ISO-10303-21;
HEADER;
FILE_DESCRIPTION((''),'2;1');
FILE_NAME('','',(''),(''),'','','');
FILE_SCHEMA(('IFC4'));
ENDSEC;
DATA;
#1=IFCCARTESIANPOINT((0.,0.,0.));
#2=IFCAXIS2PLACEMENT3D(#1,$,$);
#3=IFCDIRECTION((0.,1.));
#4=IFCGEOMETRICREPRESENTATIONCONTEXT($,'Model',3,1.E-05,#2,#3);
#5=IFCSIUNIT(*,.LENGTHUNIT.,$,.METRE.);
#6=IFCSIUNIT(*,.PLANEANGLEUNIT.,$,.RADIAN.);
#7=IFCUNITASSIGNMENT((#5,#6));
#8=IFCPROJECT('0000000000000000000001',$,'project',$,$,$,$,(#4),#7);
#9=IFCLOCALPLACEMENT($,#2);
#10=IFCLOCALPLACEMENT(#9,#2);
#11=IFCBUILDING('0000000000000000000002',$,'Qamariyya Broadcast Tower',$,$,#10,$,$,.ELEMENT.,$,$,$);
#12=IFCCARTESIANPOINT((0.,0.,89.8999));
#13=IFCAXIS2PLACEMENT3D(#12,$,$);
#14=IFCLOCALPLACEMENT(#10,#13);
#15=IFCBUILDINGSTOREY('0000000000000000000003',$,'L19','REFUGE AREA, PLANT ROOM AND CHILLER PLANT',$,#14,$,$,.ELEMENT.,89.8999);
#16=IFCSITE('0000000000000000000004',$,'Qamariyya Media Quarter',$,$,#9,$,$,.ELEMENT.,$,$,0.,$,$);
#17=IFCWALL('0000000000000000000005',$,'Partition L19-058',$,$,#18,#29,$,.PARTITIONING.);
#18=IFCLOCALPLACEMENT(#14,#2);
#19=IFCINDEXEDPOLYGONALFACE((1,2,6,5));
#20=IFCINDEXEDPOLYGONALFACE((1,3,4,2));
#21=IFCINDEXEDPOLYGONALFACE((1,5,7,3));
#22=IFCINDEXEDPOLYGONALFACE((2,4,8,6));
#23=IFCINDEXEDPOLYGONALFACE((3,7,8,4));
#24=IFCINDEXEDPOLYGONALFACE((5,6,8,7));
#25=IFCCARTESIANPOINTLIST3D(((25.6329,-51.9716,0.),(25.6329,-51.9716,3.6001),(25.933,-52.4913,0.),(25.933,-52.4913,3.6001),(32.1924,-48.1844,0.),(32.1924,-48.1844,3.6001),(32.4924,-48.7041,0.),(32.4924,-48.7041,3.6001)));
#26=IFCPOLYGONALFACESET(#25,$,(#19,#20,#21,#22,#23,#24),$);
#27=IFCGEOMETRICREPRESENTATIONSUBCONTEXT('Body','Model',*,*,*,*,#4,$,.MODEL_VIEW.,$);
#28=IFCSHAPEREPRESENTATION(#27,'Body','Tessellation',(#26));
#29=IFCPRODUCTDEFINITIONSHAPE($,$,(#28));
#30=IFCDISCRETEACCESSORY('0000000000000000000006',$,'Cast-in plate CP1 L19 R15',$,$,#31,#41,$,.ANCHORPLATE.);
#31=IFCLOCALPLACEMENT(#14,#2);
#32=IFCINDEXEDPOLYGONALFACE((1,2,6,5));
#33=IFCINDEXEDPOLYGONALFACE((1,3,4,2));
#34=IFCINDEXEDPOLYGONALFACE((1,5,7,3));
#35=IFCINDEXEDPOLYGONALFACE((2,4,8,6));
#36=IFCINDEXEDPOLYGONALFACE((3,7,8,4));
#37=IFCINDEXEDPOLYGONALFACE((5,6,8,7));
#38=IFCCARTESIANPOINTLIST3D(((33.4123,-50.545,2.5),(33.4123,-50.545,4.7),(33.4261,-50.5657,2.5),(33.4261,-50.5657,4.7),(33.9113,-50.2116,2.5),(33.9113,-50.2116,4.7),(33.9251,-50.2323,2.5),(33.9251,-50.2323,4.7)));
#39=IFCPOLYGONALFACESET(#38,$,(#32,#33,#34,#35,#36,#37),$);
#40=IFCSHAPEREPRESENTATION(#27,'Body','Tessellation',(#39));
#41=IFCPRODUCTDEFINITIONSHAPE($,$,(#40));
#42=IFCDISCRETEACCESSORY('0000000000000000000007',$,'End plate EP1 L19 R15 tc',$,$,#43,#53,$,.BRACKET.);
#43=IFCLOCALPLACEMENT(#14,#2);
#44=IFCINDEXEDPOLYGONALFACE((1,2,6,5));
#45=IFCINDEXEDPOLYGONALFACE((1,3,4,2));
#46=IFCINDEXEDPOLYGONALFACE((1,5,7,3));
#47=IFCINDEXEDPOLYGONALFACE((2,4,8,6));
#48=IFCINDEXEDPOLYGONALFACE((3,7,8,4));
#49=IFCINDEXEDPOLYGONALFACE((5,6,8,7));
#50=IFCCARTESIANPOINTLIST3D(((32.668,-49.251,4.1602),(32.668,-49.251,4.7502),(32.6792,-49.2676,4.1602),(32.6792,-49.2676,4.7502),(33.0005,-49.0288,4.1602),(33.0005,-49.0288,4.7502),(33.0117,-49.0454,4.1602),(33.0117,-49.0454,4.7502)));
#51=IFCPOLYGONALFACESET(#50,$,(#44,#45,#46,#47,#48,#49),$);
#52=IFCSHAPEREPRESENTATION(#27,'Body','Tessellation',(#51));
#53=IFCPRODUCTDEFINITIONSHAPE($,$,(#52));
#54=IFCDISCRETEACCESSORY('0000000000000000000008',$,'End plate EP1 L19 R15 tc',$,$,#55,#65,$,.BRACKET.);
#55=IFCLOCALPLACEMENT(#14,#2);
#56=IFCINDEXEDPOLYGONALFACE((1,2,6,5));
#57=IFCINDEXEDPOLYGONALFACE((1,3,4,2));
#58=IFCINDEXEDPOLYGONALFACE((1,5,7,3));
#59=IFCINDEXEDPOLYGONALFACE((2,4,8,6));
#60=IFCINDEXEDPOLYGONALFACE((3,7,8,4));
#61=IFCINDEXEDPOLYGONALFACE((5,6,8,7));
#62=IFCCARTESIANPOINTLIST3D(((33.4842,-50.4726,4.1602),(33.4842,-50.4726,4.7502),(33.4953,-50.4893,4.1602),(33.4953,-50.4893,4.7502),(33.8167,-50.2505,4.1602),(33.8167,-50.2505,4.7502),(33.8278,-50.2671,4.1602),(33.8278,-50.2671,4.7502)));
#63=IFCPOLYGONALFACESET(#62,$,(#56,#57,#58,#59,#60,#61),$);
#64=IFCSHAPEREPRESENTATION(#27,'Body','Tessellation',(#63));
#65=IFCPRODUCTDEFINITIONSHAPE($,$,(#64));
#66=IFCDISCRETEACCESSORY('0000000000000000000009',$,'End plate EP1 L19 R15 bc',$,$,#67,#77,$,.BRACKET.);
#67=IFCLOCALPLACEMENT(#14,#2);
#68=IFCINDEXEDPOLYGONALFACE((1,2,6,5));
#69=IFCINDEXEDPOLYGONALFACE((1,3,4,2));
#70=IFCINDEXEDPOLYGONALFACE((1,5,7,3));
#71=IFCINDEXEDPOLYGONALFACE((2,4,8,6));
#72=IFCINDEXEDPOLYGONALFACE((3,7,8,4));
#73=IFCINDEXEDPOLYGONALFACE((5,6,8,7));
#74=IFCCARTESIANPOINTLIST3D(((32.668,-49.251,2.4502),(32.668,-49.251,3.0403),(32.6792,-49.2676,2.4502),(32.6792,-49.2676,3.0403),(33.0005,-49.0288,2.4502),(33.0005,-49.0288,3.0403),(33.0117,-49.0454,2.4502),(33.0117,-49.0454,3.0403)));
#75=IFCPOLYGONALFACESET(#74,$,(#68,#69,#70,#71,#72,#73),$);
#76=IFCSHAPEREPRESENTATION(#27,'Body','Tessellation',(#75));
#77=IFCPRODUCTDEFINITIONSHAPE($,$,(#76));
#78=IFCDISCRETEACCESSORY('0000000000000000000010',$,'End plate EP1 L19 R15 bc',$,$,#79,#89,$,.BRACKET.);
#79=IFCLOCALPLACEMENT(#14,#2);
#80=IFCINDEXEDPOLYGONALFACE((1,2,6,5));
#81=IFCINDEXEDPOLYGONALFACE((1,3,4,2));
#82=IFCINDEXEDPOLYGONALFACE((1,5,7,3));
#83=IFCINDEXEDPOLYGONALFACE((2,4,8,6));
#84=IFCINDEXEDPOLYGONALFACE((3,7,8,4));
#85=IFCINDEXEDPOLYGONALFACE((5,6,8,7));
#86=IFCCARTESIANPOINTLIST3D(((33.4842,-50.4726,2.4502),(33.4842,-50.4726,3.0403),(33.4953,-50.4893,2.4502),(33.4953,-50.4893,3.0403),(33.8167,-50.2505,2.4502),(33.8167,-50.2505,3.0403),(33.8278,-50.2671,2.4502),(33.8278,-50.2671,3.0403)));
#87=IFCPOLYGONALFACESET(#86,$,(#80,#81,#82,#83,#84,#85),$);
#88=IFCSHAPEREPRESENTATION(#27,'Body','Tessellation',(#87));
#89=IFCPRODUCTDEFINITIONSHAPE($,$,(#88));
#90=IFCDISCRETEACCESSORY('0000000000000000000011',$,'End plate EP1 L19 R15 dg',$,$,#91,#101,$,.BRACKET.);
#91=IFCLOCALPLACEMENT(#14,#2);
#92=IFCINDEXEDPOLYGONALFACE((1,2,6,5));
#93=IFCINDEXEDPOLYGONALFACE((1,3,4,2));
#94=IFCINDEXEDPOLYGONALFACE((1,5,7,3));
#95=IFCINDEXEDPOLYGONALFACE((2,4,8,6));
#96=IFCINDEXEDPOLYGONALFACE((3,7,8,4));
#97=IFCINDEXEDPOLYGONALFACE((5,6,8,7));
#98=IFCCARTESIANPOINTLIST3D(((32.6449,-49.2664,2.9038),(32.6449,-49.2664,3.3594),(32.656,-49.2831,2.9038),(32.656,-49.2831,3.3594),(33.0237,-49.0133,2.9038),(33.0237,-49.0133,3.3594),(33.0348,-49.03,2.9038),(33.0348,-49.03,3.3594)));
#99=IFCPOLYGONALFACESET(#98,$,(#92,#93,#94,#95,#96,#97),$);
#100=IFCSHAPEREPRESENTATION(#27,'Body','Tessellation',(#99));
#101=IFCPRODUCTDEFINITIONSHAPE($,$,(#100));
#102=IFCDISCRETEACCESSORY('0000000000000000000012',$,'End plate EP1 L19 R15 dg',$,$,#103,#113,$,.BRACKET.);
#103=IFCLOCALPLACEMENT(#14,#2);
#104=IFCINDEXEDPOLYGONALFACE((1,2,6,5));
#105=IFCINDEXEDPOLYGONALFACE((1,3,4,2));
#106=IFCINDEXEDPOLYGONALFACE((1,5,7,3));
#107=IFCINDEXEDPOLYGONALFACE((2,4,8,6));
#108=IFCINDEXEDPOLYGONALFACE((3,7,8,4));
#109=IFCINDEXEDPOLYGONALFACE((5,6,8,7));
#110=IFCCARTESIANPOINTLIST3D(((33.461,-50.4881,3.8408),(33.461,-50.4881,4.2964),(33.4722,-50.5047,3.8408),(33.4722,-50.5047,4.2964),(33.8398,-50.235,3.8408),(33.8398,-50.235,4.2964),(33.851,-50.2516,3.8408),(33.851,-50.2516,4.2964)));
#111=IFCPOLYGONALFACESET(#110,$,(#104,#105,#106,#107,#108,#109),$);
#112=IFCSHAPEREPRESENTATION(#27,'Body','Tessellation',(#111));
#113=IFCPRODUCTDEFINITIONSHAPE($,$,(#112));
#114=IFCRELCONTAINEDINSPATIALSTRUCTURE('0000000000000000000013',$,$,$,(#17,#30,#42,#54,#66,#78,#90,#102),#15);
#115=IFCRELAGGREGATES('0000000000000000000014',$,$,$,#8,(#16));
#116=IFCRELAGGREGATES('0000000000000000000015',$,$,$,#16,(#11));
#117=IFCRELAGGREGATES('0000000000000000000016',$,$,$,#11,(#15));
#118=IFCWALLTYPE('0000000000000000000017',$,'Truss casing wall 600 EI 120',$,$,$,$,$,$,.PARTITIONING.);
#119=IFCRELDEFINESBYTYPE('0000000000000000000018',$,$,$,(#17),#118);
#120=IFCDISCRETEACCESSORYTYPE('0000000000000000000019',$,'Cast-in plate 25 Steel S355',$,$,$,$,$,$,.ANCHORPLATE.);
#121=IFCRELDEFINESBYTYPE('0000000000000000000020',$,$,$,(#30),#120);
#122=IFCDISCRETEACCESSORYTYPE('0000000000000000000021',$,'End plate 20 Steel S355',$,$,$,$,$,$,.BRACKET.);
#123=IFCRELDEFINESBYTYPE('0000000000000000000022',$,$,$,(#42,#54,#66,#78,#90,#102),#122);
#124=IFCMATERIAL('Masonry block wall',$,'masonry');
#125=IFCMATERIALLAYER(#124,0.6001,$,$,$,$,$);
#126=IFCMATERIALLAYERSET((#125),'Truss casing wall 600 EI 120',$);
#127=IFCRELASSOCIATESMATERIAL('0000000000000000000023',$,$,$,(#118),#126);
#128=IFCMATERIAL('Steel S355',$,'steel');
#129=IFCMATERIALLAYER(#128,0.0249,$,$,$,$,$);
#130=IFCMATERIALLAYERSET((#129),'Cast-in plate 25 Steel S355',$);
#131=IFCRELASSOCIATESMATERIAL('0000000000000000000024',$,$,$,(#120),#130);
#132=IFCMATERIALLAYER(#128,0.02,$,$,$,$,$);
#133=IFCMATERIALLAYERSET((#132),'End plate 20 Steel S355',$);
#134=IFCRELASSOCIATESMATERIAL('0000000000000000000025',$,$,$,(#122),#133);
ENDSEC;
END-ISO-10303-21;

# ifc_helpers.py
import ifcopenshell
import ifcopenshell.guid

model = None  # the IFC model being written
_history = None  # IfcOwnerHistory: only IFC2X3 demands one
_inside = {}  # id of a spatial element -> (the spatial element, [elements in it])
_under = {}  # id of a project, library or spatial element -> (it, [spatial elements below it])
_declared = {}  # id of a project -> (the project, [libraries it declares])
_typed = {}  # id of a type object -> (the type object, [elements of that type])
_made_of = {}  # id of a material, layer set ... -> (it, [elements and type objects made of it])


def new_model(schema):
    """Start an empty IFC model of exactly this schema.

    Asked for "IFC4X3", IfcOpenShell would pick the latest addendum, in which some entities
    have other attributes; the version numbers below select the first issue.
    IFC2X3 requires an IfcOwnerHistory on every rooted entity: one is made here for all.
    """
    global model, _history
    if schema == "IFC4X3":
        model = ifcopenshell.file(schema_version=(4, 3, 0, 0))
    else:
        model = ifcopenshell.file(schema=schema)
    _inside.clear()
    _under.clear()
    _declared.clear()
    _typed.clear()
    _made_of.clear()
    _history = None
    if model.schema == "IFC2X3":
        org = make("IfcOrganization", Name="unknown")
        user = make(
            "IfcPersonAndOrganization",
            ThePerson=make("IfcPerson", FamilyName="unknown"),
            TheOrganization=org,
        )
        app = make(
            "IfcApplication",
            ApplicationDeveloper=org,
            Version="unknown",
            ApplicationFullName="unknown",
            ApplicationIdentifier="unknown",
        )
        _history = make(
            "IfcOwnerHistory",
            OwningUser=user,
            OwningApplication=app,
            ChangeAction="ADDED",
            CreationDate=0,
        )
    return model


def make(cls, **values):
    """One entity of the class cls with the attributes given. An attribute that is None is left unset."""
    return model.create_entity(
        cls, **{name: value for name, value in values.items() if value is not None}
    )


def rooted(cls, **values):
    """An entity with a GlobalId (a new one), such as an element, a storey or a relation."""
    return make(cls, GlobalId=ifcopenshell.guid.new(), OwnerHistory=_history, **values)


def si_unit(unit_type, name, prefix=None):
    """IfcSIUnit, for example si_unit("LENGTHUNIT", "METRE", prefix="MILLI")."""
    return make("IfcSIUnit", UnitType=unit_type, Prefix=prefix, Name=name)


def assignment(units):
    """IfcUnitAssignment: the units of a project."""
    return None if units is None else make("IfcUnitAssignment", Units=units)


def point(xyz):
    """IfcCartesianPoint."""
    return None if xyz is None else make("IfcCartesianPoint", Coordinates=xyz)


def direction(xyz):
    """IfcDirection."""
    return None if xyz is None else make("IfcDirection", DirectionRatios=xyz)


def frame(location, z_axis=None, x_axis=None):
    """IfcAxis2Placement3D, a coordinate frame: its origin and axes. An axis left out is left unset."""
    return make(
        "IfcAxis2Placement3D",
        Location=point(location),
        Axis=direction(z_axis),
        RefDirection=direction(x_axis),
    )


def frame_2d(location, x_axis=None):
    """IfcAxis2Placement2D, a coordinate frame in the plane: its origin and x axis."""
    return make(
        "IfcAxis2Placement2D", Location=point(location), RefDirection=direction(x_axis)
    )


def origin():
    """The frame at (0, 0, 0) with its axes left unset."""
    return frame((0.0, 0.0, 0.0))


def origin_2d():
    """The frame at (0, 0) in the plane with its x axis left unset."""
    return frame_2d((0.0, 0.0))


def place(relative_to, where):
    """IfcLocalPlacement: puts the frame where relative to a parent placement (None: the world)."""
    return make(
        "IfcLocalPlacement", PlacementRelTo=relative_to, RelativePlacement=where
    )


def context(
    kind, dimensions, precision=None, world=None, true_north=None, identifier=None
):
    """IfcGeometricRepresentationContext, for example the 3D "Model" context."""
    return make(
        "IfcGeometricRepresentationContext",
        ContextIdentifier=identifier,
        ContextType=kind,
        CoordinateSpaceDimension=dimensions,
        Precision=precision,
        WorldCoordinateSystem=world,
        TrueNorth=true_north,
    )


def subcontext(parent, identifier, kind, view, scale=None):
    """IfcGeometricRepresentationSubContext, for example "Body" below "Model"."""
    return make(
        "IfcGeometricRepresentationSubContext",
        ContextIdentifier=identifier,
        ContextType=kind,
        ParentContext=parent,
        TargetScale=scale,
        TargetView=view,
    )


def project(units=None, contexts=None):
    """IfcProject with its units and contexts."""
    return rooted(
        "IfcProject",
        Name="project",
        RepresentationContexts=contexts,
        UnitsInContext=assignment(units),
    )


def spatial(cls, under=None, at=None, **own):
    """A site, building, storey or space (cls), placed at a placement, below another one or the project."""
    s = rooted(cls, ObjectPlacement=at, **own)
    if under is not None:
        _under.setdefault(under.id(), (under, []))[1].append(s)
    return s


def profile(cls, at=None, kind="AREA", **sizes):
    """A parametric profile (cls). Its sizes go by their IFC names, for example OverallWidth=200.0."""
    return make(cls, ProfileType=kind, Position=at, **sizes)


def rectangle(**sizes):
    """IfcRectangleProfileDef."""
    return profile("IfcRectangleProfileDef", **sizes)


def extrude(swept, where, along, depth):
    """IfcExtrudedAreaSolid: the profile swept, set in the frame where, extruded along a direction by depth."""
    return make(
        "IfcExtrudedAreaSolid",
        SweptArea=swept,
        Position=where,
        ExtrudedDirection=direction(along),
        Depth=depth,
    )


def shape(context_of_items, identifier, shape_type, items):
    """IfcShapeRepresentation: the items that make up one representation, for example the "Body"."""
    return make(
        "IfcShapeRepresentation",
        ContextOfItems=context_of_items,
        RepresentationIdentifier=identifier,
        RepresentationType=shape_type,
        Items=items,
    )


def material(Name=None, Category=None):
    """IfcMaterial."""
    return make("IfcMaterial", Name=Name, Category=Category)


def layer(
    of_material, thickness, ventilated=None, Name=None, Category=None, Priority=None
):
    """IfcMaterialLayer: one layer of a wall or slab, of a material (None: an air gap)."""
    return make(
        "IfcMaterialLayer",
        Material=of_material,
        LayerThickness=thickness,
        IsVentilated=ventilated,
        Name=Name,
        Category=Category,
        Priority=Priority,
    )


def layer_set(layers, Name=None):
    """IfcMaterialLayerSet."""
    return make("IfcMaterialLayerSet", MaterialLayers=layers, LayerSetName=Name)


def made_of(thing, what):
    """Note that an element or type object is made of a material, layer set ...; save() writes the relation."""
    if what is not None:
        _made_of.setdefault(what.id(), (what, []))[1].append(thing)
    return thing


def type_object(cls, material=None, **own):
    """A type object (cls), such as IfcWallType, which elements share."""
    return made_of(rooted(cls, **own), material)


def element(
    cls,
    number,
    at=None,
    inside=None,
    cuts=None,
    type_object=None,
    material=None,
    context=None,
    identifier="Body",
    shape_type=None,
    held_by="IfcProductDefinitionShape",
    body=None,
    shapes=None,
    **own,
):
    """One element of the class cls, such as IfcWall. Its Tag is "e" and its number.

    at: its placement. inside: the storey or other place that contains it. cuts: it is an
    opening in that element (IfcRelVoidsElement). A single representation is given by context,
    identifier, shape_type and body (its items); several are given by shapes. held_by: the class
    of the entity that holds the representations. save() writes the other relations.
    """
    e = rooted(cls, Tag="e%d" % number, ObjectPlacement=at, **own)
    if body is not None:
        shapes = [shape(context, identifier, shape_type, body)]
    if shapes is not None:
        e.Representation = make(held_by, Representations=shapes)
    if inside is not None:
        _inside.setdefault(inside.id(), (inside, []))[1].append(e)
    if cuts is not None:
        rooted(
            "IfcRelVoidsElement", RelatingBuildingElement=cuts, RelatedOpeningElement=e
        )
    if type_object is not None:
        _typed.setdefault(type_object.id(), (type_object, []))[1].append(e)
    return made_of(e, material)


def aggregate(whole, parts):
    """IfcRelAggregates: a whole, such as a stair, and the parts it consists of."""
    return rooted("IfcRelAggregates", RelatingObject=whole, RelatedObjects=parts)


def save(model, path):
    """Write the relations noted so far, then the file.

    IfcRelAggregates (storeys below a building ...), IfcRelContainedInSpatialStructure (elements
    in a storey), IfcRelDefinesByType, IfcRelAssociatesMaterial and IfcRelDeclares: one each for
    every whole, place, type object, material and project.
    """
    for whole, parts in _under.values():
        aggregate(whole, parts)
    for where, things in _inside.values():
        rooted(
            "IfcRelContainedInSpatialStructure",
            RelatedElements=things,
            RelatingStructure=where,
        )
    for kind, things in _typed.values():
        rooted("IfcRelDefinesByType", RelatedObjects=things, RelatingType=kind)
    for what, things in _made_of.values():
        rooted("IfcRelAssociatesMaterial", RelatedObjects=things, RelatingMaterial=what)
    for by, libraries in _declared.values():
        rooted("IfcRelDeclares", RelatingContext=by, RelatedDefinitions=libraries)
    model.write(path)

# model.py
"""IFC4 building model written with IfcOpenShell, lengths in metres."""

from ifc_helpers import new_model, si_unit, direction, frame, frame_2d, origin, origin_2d, place, context, subcontext, project, spatial, rectangle, extrude, material, layer, layer_set, type_object, element, save


model = new_model("IFC4")

# Units and contexts
model_context = context("Model", 3, precision=1e-05, world=origin(), true_north=direction((0.0, 1.0)))
body_context = subcontext(model_context, "Body", "Model", "MODEL_VIEW")
ifc_project = project(units=[si_unit("LENGTHUNIT", "METRE"), si_unit("PLANEANGLEUNIT", "RADIAN")], contexts=[model_context])

# Site, building, storey
site_placement = place(None, origin())
site = spatial("IfcSite", under=ifc_project, at=site_placement, Name="Qamariyya Media Quarter", CompositionType="ELEMENT", RefElevation=0.0)
building_placement = place(site_placement, origin())
building = spatial("IfcBuilding", under=site, at=building_placement, Name="Qamariyya Broadcast Tower", CompositionType="ELEMENT")
storey_placement = place(building_placement, frame((0.0, 0.0, 89.8999)))
storey = spatial("IfcBuildingStorey", under=building, at=storey_placement, Name="L19", Description="REFUGE AREA, PLANT ROOM AND CHILLER PLANT", CompositionType="ELEMENT", Elevation=89.8999)

# Shared definitions
ifc_material_1 = material(Name="Steel S355", Category="steel")

# Wall
ifc_material_2 = material(Name="Masonry block wall", Category="masonry")
ifc_layer_1 = layer(ifc_material_2, 0.6001)
ifc_layer_set_1 = layer_set([ifc_layer_1], Name="Truss casing wall 600 EI 120")
wall_type_1 = type_object("IfcWallType", Name="Truss casing wall 600 EI 120", PredefinedType="PARTITIONING", material=ifc_layer_set_1)
wall_1_placement = place(storey_placement, frame((25.783, -52.2314, 0.0), z_axis=(0.0, 0.0, 1.0), x_axis=(0.866021, 0.500008, 0.0)))
element("IfcWall", 1, at=wall_1_placement, inside=storey, type_object=wall_type_1, Name="Partition L19-058", PredefinedType="PARTITIONING", context=body_context, shape_type="SweptSolid", body=[
    extrude(rectangle(XDim=7.5742, YDim=0.6001, at=frame_2d((3.7871, 0.0))), origin(), (0.0, 0.0, 1.0), 3.6001),
])

# Discrete accessories
ifc_layer_2 = layer(ifc_material_1, 0.0249)
ifc_layer_set_2 = layer_set([ifc_layer_2], Name="Cast-in plate 25 Steel S355")
discrete_accessory_type_1 = type_object("IfcDiscreteAccessoryType", Name="Cast-in plate 25 Steel S355", PredefinedType="ANCHORPLATE", material=ifc_layer_set_2)
discrete_accessory_placement = place(storey_placement, frame((33.6687, -50.3887, 2.5), z_axis=(0.0, 0.0, 1.0), x_axis=(-0.83147, -0.55557, 0.0)))
element("IfcDiscreteAccessory", 2, at=discrete_accessory_placement, inside=storey, type_object=discrete_accessory_type_1, Name="Cast-in plate CP1 L19 R15", PredefinedType="ANCHORPLATE", context=body_context, shape_type="SweptSolid", body=[
    extrude(rectangle(XDim=0.6001, YDim=0.0249, at=origin_2d()), origin(), (0.0, 0.0, 1.0), 2.2),
])
ifc_layer_3 = layer(ifc_material_1, 0.02)
ifc_layer_set_3 = layer_set([ifc_layer_3], Name="End plate 20 Steel S355")
discrete_accessory_type_2 = type_object("IfcDiscreteAccessoryType", Name="End plate 20 Steel S355", PredefinedType="BRACKET", material=ifc_layer_set_3)
for number, where, z_axis, x_axis, name in (
    (3, (32.8398, -49.1482, 4.1602), (0.0, 0.0, 1.0), (-0.83147, -0.55557, 0.0), "End plate EP1 L19 R15 tc"),
    (4, (33.656, -50.3699, 4.1602), (0.0, 0.0, 1.0), (-0.83147, -0.55557, 0.0), "End plate EP1 L19 R15 tc"),
    (5, (32.8398, -49.1482, 2.4502), (0.0, 0.0, 1.0), (-0.83147, -0.55557, 0.0), "End plate EP1 L19 R15 bc"),
    (6, (33.656, -50.3699, 2.4502), (0.0, 0.0, 1.0), (-0.83147, -0.55557, 0.0), "End plate EP1 L19 R15 bc"),
):
    element("IfcDiscreteAccessory", number, at=place(storey_placement, frame(where, z_axis=z_axis, x_axis=x_axis)), inside=storey, type_object=discrete_accessory_type_2, Name=name, PredefinedType="BRACKET", context=body_context, shape_type="SweptSolid", body=[
        extrude(rectangle(XDim=0.3999, YDim=0.02, at=origin_2d()), origin(), (0.0, 0.0, 1.0), 0.5901),
    ])
for number, where, z_axis, x_axis, name in (
    (7, (32.8398, -49.1482, 2.9038), (0.0, 0.0, 1.0), (-0.83147, -0.55557, 0.0), "End plate EP1 L19 R15 dg"),
    (8, (33.656, -50.3699, 3.8408), (0.0, 0.0, 1.0), (-0.83147, -0.55557, 0.0), "End plate EP1 L19 R15 dg"),
):
    element("IfcDiscreteAccessory", number, at=place(storey_placement, frame(where, z_axis=z_axis, x_axis=x_axis)), inside=storey, type_object=discrete_accessory_type_2, Name=name, PredefinedType="BRACKET", context=body_context, shape_type="SweptSolid", body=[
        extrude(rectangle(XDim=0.4556, YDim=0.02, at=origin_2d()), origin(), (0.0, 0.0, 1.0), 0.4556),
    ])

save(model, "model.ifc")
